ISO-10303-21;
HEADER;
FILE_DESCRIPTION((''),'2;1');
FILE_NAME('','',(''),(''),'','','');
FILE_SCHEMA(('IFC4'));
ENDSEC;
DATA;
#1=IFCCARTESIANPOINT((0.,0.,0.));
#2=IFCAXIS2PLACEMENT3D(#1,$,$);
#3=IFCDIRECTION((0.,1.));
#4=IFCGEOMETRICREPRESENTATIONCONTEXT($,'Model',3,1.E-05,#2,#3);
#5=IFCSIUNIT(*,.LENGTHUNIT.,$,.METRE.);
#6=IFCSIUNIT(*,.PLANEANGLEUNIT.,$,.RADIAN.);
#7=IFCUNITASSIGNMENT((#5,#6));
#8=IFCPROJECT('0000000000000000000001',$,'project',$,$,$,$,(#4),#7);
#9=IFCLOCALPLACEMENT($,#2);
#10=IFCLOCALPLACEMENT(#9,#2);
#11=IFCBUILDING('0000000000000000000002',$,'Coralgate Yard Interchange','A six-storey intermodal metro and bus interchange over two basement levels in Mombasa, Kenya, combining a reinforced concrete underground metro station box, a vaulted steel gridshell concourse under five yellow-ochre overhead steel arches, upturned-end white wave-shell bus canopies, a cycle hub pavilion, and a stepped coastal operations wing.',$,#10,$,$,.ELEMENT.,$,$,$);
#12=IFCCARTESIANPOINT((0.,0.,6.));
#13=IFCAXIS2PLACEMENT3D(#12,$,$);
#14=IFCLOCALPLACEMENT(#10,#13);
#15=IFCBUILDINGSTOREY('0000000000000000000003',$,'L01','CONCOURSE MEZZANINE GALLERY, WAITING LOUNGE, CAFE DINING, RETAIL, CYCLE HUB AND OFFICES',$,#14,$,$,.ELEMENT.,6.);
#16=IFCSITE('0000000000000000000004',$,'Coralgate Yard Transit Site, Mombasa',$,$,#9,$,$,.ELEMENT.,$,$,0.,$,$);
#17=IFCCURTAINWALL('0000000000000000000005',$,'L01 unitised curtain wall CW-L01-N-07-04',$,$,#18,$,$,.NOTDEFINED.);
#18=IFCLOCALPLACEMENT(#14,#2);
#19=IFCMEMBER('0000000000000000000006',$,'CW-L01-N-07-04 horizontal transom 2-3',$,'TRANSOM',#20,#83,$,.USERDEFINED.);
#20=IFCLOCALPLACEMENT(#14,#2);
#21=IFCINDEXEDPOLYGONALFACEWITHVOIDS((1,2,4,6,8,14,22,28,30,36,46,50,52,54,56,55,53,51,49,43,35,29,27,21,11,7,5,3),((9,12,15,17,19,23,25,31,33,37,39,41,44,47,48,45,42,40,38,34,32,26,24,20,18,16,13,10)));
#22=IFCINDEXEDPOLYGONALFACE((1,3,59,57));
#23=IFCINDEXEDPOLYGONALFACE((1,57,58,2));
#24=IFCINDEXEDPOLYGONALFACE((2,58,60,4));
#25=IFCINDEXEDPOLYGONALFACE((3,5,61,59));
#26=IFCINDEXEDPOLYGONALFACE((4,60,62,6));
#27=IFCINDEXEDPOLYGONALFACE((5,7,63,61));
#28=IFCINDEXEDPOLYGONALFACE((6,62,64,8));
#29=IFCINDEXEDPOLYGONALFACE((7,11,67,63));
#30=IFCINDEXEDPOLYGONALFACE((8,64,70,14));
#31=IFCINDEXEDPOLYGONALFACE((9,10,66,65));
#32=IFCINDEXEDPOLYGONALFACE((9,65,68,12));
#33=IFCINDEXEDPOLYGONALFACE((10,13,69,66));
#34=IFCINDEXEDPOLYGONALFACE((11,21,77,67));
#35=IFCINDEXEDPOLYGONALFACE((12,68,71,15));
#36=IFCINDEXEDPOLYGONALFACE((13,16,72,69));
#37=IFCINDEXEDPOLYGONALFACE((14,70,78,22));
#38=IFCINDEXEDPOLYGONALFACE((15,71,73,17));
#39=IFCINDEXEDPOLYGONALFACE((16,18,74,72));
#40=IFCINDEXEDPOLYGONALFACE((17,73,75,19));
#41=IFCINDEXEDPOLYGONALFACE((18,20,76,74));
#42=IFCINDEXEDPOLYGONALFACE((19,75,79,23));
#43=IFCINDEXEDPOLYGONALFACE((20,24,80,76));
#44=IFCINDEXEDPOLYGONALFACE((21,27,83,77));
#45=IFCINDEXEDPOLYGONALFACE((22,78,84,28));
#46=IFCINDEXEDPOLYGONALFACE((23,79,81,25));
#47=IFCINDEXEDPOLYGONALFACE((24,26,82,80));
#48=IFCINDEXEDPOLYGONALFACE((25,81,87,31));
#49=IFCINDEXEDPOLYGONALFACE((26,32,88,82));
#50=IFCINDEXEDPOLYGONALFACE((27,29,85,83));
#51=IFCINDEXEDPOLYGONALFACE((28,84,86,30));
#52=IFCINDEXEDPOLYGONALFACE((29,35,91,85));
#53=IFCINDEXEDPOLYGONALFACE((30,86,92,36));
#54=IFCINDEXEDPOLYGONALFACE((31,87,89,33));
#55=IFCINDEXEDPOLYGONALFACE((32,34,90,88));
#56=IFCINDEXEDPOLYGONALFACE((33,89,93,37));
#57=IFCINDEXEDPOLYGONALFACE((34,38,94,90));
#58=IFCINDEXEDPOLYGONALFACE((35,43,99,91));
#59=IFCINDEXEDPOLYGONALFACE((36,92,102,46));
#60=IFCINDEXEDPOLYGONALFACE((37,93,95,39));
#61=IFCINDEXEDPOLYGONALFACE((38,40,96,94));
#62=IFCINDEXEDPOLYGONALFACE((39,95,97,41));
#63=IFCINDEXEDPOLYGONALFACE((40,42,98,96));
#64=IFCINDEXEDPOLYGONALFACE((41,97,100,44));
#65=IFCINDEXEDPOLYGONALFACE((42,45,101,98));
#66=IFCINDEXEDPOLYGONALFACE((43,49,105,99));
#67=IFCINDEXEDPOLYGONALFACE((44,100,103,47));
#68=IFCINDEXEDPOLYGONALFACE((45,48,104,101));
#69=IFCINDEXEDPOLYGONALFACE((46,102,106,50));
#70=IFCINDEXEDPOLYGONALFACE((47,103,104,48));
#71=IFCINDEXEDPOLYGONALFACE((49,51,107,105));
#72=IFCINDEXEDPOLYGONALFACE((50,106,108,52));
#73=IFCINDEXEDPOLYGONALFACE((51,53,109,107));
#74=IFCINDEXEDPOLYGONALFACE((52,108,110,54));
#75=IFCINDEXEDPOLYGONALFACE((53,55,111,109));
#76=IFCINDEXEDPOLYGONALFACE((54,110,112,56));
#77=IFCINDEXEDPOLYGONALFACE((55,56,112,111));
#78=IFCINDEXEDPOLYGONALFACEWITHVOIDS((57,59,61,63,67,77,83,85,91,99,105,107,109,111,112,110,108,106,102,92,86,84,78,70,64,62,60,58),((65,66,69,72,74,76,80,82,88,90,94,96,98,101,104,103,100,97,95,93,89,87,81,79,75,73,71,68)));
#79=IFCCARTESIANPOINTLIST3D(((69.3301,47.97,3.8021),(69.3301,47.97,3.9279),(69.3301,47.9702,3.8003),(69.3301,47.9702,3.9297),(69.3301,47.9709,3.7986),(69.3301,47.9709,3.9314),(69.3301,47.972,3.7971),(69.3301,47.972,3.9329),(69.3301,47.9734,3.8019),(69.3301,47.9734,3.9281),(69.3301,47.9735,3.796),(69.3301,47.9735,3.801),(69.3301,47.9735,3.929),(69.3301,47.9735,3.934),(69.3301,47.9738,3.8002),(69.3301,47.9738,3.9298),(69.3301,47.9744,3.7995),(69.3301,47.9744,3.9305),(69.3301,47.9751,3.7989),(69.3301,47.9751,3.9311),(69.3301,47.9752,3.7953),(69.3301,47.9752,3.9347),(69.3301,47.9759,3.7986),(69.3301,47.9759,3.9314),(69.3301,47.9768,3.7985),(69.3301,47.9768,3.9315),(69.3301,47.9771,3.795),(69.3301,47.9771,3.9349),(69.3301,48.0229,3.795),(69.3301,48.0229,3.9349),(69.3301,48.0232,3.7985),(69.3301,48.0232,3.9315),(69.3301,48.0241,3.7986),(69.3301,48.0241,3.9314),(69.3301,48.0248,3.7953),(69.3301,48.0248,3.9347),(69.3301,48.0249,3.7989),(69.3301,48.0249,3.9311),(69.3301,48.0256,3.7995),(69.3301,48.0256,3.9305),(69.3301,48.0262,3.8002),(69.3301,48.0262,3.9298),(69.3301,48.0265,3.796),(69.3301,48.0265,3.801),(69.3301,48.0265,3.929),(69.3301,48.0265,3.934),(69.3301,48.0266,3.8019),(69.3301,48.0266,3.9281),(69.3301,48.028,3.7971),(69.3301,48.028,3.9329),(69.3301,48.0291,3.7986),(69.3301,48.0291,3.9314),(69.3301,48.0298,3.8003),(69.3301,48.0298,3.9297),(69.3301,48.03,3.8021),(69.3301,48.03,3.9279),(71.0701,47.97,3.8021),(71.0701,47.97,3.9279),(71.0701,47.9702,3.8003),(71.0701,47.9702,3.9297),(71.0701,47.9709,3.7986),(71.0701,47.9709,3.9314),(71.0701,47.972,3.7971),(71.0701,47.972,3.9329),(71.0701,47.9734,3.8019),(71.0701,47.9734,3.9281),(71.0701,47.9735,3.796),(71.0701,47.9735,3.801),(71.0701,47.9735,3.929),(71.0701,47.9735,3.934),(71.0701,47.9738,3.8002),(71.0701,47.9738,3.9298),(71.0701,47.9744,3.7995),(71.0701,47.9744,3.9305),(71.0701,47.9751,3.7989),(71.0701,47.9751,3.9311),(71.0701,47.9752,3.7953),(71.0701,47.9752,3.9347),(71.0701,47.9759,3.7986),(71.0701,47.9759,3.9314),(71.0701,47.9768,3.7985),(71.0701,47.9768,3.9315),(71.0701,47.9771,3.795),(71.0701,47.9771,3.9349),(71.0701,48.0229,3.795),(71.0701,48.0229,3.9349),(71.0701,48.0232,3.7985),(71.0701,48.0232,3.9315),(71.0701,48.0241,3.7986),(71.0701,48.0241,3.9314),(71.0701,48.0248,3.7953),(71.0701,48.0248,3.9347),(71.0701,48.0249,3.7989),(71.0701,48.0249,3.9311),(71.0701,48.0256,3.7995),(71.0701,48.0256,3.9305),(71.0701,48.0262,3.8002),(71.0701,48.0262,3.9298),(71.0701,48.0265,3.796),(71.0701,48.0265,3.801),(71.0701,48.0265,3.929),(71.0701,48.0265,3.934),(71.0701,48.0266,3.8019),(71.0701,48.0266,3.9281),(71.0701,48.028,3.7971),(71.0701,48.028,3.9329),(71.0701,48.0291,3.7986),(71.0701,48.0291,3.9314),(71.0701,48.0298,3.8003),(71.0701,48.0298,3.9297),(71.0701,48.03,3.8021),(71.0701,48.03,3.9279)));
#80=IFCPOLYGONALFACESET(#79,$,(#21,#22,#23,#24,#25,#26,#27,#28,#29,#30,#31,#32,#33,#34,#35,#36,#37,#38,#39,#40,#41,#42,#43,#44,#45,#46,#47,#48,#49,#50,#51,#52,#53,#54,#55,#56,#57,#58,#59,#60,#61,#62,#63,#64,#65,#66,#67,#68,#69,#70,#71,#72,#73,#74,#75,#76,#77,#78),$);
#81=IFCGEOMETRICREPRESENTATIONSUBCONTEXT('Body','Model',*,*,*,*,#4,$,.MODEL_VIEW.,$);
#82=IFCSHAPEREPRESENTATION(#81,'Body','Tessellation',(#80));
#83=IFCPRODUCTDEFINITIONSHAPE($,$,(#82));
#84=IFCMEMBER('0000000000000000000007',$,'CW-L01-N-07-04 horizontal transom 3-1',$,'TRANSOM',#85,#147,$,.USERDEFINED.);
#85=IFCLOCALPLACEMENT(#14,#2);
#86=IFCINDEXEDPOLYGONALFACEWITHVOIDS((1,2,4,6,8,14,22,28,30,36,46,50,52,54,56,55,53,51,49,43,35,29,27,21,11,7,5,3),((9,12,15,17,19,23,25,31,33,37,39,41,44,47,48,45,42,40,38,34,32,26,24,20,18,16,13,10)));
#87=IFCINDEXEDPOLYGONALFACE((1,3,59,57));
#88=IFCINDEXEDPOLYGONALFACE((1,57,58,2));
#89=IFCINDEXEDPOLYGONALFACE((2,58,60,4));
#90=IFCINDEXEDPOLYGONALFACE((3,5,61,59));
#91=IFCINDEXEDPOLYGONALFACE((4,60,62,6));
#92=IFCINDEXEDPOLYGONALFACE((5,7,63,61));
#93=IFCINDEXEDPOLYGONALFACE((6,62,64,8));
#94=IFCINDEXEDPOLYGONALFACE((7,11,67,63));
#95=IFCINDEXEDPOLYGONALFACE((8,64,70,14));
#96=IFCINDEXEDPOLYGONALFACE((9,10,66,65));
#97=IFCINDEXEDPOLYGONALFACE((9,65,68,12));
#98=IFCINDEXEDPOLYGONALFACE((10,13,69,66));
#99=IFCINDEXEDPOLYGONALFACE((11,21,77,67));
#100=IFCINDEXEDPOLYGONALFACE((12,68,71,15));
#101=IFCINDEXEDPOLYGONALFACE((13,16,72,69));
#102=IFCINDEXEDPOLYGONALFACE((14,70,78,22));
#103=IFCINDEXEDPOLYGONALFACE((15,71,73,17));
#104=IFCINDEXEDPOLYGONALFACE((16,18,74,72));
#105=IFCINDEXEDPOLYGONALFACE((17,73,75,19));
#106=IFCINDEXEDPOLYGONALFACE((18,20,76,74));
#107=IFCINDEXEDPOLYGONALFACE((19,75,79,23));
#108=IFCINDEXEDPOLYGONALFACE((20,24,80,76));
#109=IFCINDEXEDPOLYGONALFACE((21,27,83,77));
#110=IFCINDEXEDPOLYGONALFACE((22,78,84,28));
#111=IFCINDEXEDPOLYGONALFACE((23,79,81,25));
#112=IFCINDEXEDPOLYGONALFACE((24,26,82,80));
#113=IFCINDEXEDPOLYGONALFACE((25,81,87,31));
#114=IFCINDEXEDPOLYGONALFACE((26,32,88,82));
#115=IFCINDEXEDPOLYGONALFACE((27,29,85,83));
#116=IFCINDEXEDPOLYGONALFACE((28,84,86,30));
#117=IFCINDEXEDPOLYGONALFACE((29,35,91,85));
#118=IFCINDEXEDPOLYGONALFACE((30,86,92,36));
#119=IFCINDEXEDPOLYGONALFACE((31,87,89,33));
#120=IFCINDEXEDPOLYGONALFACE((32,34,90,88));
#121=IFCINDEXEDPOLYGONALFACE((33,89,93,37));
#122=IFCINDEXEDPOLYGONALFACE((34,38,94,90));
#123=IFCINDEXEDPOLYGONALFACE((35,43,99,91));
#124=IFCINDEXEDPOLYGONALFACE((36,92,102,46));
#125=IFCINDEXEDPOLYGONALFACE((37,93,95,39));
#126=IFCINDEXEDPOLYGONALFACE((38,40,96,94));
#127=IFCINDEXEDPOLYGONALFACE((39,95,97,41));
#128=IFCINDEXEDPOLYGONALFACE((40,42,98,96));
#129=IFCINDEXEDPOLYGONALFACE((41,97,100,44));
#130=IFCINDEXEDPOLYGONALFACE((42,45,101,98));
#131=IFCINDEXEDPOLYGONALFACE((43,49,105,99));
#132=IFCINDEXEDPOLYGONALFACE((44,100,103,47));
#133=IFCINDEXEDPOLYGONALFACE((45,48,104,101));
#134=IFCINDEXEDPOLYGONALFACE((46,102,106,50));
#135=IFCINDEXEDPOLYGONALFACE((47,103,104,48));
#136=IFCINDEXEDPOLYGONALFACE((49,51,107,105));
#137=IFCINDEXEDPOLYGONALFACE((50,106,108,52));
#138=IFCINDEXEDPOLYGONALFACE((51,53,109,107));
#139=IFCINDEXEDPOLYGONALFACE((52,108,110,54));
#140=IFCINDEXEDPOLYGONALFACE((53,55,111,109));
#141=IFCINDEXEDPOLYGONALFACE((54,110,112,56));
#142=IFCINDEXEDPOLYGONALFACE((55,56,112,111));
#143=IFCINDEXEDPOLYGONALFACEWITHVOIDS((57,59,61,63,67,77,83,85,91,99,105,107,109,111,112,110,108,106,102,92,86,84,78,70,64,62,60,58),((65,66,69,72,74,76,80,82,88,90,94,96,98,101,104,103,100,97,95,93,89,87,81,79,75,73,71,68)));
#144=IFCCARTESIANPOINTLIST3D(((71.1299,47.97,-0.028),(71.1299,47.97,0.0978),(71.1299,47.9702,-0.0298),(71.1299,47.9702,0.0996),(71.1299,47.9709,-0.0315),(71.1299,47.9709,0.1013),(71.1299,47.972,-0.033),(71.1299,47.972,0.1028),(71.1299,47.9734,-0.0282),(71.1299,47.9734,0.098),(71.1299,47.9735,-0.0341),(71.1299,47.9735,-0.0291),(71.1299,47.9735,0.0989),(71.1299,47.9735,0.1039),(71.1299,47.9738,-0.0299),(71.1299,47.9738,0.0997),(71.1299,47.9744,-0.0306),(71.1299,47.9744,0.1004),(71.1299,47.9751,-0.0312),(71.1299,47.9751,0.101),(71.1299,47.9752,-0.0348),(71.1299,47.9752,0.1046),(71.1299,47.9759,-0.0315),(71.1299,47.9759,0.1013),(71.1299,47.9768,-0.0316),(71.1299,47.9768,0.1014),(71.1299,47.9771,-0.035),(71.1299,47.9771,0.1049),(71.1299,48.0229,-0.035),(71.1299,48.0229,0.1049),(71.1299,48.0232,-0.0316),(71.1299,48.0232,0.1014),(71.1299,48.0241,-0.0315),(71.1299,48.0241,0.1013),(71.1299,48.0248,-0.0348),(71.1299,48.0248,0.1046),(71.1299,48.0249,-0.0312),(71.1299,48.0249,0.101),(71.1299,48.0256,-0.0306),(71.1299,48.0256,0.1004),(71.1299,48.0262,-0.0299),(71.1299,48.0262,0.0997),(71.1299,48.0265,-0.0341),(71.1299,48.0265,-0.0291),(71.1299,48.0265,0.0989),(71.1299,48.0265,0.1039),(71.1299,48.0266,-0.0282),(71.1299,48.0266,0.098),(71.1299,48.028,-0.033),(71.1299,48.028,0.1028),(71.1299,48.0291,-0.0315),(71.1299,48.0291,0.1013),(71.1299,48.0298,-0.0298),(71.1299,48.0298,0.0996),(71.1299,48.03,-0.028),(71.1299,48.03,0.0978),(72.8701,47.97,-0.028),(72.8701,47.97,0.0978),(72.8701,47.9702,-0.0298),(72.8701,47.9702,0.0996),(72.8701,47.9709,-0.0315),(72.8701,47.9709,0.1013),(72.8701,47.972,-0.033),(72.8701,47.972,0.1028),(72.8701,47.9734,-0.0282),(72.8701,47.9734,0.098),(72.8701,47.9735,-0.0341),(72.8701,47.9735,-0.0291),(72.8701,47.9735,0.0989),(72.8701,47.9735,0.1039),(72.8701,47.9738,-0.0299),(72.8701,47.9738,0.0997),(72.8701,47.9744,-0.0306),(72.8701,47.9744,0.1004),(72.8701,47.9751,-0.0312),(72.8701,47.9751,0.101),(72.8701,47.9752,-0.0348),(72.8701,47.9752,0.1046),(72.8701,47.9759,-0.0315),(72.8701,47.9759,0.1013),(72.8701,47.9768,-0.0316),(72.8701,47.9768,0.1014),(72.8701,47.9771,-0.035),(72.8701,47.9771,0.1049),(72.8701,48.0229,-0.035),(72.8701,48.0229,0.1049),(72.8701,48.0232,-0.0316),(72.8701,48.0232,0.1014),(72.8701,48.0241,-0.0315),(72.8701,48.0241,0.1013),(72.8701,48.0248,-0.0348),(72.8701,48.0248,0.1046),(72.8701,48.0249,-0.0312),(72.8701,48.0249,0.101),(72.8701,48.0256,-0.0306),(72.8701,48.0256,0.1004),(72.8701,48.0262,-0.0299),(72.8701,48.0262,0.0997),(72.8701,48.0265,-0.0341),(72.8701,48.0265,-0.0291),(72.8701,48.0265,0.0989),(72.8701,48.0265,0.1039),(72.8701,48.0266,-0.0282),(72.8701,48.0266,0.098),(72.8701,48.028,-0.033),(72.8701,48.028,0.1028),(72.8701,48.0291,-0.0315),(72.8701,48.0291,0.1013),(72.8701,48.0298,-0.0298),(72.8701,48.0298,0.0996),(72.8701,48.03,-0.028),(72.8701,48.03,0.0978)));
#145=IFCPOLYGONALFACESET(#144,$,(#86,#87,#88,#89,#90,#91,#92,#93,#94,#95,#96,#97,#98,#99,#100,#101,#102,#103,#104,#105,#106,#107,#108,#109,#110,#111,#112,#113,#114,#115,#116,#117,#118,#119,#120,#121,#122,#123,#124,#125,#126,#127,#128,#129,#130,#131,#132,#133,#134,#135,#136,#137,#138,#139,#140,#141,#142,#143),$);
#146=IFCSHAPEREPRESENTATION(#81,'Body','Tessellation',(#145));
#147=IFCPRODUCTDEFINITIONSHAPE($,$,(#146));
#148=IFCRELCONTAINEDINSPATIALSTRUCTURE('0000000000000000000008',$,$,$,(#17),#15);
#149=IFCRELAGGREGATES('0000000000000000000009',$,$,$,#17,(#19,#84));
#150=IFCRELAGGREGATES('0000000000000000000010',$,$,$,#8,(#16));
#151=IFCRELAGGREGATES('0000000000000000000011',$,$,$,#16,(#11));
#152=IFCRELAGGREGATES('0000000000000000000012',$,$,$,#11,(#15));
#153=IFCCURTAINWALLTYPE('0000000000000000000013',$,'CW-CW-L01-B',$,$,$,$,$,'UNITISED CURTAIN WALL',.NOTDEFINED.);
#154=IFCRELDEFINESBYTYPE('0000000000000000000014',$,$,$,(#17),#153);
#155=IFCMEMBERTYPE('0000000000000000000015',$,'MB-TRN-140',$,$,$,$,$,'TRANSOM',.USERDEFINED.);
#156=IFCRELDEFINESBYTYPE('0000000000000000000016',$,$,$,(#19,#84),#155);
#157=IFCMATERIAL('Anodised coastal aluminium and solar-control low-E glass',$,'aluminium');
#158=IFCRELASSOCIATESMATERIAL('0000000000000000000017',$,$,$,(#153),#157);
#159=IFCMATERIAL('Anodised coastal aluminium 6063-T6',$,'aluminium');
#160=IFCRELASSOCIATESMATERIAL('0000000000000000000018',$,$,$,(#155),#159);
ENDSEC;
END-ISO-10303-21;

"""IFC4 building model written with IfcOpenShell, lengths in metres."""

from ifc_helpers import new_model, si_unit, direction, frame, origin, origin_2d, place, context, subcontext, project, spatial, hollow_rectangle, extrude, material, material_profile, profile_set, type_object, element, aggregate, save


model = new_model("IFC4")

# Units and contexts
model_context = context("Model", 3, precision=1e-05, world=origin(), true_north=direction((0.0, 1.0)))
body_context = subcontext(model_context, "Body", "Model", "MODEL_VIEW")
ifc_project = project(units=[si_unit("LENGTHUNIT", "METRE"), si_unit("PLANEANGLEUNIT", "RADIAN")], contexts=[model_context])

# Site, building, storey
site_placement = place(None, origin())
site = spatial("IfcSite", under=ifc_project, at=site_placement, Name="Coralgate Yard Transit Site, Mombasa", CompositionType="ELEMENT", RefElevation=0.0)
building_placement = place(site_placement, origin())
building = spatial("IfcBuilding", under=site, at=building_placement, Name="Coralgate Yard Interchange", Description="A six-storey intermodal metro and bus interchange over two basement levels in Mombasa, Kenya, combining a reinforced concrete underground metro station box, a vaulted steel gridshell concourse under five yellow-ochre overhead steel arches, upturned-end white wave-shell bus canopies, a cycle hub pavilion, and a stepped coastal operations wing.", CompositionType="ELEMENT")
storey_placement = place(building_placement, frame((0.0, 0.0, 6.0)))
storey = spatial("IfcBuildingStorey", under=building, at=storey_placement, Name="L01", Description="CONCOURSE MEZZANINE GALLERY, WAITING LOUNGE, CAFE DINING, RETAIL, CYCLE HUB AND OFFICES", CompositionType="ELEMENT", Elevation=6.0)

# Curtain wall
ifc_material_1 = material(Name="Anodised coastal aluminium and solar-control low-E glass", Category="aluminium")
curtain_wall_type = type_object("IfcCurtainWallType", Name="CW-CW-L01-B", ElementType="UNITISED CURTAIN WALL", PredefinedType="NOTDEFINED", material=ifc_material_1)
ifc_material_2 = material(Name="Anodised coastal aluminium 6063-T6", Category="aluminium")
curtain_wall_1_placement = place(storey_placement, origin())
curtain_wall_1 = element("IfcCurtainWall", 1, at=curtain_wall_1_placement, inside=storey, type_object=curtain_wall_type, Name="L01 unitised curtain wall CW-L01-N-07-04", PredefinedType="NOTDEFINED")

# Members
ifc_material_profile_1 = material_profile(ifc_material_2, hollow_rectangle(XDim=0.0601, YDim=0.1399, WallThickness=0.0034, InnerFilletRadius=0.0034, OuterFilletRadius=0.0071, at=origin_2d()), Name="ALU 60x140x3.5")
ifc_profile_set_1 = profile_set([ifc_material_profile_1], Name="Anodised coastal aluminium 6063-T6")
member_type_1 = type_object("IfcMemberType", Name="MB-TRN-140", ElementType="TRANSOM", PredefinedType="USERDEFINED", material=ifc_profile_set_1)
member_1_placement = place(storey_placement, frame((69.3301, 48.0, 3.865), z_axis=(1.0, 0.0, 0.0), x_axis=(0.0, 1.0, 0.0)))
member_1 = element("IfcMember", 2, at=member_1_placement, type_object=member_type_1, Name="CW-L01-N-07-04 horizontal transom 2-3", ObjectType="TRANSOM", PredefinedType="USERDEFINED", context=body_context, shape_type="SweptSolid", body=[
    extrude(hollow_rectangle(XDim=0.0601, YDim=0.1399, WallThickness=0.0034, InnerFilletRadius=0.0034, OuterFilletRadius=0.0071, at=origin_2d()), origin(), (0.0, 0.0, 1.0), 1.74),
])
member_2_placement = place(storey_placement, frame((71.1299, 48.0, 0.0349), z_axis=(1.0, 0.0, 0.0), x_axis=(0.0, 1.0, 0.0)))
member_2 = element("IfcMember", 3, at=member_2_placement, type_object=member_type_1, Name="CW-L01-N-07-04 horizontal transom 3-1", ObjectType="TRANSOM", PredefinedType="USERDEFINED", context=body_context, shape_type="SweptSolid", body=[
    extrude(hollow_rectangle(XDim=0.0601, YDim=0.1399, WallThickness=0.0034, InnerFilletRadius=0.0034, OuterFilletRadius=0.0071, at=origin_2d()), origin(), (0.0, 0.0, 1.0), 1.7402),
])

aggregate(curtain_wall_1, [member_1, member_2])

save(model, "model.ifc")
